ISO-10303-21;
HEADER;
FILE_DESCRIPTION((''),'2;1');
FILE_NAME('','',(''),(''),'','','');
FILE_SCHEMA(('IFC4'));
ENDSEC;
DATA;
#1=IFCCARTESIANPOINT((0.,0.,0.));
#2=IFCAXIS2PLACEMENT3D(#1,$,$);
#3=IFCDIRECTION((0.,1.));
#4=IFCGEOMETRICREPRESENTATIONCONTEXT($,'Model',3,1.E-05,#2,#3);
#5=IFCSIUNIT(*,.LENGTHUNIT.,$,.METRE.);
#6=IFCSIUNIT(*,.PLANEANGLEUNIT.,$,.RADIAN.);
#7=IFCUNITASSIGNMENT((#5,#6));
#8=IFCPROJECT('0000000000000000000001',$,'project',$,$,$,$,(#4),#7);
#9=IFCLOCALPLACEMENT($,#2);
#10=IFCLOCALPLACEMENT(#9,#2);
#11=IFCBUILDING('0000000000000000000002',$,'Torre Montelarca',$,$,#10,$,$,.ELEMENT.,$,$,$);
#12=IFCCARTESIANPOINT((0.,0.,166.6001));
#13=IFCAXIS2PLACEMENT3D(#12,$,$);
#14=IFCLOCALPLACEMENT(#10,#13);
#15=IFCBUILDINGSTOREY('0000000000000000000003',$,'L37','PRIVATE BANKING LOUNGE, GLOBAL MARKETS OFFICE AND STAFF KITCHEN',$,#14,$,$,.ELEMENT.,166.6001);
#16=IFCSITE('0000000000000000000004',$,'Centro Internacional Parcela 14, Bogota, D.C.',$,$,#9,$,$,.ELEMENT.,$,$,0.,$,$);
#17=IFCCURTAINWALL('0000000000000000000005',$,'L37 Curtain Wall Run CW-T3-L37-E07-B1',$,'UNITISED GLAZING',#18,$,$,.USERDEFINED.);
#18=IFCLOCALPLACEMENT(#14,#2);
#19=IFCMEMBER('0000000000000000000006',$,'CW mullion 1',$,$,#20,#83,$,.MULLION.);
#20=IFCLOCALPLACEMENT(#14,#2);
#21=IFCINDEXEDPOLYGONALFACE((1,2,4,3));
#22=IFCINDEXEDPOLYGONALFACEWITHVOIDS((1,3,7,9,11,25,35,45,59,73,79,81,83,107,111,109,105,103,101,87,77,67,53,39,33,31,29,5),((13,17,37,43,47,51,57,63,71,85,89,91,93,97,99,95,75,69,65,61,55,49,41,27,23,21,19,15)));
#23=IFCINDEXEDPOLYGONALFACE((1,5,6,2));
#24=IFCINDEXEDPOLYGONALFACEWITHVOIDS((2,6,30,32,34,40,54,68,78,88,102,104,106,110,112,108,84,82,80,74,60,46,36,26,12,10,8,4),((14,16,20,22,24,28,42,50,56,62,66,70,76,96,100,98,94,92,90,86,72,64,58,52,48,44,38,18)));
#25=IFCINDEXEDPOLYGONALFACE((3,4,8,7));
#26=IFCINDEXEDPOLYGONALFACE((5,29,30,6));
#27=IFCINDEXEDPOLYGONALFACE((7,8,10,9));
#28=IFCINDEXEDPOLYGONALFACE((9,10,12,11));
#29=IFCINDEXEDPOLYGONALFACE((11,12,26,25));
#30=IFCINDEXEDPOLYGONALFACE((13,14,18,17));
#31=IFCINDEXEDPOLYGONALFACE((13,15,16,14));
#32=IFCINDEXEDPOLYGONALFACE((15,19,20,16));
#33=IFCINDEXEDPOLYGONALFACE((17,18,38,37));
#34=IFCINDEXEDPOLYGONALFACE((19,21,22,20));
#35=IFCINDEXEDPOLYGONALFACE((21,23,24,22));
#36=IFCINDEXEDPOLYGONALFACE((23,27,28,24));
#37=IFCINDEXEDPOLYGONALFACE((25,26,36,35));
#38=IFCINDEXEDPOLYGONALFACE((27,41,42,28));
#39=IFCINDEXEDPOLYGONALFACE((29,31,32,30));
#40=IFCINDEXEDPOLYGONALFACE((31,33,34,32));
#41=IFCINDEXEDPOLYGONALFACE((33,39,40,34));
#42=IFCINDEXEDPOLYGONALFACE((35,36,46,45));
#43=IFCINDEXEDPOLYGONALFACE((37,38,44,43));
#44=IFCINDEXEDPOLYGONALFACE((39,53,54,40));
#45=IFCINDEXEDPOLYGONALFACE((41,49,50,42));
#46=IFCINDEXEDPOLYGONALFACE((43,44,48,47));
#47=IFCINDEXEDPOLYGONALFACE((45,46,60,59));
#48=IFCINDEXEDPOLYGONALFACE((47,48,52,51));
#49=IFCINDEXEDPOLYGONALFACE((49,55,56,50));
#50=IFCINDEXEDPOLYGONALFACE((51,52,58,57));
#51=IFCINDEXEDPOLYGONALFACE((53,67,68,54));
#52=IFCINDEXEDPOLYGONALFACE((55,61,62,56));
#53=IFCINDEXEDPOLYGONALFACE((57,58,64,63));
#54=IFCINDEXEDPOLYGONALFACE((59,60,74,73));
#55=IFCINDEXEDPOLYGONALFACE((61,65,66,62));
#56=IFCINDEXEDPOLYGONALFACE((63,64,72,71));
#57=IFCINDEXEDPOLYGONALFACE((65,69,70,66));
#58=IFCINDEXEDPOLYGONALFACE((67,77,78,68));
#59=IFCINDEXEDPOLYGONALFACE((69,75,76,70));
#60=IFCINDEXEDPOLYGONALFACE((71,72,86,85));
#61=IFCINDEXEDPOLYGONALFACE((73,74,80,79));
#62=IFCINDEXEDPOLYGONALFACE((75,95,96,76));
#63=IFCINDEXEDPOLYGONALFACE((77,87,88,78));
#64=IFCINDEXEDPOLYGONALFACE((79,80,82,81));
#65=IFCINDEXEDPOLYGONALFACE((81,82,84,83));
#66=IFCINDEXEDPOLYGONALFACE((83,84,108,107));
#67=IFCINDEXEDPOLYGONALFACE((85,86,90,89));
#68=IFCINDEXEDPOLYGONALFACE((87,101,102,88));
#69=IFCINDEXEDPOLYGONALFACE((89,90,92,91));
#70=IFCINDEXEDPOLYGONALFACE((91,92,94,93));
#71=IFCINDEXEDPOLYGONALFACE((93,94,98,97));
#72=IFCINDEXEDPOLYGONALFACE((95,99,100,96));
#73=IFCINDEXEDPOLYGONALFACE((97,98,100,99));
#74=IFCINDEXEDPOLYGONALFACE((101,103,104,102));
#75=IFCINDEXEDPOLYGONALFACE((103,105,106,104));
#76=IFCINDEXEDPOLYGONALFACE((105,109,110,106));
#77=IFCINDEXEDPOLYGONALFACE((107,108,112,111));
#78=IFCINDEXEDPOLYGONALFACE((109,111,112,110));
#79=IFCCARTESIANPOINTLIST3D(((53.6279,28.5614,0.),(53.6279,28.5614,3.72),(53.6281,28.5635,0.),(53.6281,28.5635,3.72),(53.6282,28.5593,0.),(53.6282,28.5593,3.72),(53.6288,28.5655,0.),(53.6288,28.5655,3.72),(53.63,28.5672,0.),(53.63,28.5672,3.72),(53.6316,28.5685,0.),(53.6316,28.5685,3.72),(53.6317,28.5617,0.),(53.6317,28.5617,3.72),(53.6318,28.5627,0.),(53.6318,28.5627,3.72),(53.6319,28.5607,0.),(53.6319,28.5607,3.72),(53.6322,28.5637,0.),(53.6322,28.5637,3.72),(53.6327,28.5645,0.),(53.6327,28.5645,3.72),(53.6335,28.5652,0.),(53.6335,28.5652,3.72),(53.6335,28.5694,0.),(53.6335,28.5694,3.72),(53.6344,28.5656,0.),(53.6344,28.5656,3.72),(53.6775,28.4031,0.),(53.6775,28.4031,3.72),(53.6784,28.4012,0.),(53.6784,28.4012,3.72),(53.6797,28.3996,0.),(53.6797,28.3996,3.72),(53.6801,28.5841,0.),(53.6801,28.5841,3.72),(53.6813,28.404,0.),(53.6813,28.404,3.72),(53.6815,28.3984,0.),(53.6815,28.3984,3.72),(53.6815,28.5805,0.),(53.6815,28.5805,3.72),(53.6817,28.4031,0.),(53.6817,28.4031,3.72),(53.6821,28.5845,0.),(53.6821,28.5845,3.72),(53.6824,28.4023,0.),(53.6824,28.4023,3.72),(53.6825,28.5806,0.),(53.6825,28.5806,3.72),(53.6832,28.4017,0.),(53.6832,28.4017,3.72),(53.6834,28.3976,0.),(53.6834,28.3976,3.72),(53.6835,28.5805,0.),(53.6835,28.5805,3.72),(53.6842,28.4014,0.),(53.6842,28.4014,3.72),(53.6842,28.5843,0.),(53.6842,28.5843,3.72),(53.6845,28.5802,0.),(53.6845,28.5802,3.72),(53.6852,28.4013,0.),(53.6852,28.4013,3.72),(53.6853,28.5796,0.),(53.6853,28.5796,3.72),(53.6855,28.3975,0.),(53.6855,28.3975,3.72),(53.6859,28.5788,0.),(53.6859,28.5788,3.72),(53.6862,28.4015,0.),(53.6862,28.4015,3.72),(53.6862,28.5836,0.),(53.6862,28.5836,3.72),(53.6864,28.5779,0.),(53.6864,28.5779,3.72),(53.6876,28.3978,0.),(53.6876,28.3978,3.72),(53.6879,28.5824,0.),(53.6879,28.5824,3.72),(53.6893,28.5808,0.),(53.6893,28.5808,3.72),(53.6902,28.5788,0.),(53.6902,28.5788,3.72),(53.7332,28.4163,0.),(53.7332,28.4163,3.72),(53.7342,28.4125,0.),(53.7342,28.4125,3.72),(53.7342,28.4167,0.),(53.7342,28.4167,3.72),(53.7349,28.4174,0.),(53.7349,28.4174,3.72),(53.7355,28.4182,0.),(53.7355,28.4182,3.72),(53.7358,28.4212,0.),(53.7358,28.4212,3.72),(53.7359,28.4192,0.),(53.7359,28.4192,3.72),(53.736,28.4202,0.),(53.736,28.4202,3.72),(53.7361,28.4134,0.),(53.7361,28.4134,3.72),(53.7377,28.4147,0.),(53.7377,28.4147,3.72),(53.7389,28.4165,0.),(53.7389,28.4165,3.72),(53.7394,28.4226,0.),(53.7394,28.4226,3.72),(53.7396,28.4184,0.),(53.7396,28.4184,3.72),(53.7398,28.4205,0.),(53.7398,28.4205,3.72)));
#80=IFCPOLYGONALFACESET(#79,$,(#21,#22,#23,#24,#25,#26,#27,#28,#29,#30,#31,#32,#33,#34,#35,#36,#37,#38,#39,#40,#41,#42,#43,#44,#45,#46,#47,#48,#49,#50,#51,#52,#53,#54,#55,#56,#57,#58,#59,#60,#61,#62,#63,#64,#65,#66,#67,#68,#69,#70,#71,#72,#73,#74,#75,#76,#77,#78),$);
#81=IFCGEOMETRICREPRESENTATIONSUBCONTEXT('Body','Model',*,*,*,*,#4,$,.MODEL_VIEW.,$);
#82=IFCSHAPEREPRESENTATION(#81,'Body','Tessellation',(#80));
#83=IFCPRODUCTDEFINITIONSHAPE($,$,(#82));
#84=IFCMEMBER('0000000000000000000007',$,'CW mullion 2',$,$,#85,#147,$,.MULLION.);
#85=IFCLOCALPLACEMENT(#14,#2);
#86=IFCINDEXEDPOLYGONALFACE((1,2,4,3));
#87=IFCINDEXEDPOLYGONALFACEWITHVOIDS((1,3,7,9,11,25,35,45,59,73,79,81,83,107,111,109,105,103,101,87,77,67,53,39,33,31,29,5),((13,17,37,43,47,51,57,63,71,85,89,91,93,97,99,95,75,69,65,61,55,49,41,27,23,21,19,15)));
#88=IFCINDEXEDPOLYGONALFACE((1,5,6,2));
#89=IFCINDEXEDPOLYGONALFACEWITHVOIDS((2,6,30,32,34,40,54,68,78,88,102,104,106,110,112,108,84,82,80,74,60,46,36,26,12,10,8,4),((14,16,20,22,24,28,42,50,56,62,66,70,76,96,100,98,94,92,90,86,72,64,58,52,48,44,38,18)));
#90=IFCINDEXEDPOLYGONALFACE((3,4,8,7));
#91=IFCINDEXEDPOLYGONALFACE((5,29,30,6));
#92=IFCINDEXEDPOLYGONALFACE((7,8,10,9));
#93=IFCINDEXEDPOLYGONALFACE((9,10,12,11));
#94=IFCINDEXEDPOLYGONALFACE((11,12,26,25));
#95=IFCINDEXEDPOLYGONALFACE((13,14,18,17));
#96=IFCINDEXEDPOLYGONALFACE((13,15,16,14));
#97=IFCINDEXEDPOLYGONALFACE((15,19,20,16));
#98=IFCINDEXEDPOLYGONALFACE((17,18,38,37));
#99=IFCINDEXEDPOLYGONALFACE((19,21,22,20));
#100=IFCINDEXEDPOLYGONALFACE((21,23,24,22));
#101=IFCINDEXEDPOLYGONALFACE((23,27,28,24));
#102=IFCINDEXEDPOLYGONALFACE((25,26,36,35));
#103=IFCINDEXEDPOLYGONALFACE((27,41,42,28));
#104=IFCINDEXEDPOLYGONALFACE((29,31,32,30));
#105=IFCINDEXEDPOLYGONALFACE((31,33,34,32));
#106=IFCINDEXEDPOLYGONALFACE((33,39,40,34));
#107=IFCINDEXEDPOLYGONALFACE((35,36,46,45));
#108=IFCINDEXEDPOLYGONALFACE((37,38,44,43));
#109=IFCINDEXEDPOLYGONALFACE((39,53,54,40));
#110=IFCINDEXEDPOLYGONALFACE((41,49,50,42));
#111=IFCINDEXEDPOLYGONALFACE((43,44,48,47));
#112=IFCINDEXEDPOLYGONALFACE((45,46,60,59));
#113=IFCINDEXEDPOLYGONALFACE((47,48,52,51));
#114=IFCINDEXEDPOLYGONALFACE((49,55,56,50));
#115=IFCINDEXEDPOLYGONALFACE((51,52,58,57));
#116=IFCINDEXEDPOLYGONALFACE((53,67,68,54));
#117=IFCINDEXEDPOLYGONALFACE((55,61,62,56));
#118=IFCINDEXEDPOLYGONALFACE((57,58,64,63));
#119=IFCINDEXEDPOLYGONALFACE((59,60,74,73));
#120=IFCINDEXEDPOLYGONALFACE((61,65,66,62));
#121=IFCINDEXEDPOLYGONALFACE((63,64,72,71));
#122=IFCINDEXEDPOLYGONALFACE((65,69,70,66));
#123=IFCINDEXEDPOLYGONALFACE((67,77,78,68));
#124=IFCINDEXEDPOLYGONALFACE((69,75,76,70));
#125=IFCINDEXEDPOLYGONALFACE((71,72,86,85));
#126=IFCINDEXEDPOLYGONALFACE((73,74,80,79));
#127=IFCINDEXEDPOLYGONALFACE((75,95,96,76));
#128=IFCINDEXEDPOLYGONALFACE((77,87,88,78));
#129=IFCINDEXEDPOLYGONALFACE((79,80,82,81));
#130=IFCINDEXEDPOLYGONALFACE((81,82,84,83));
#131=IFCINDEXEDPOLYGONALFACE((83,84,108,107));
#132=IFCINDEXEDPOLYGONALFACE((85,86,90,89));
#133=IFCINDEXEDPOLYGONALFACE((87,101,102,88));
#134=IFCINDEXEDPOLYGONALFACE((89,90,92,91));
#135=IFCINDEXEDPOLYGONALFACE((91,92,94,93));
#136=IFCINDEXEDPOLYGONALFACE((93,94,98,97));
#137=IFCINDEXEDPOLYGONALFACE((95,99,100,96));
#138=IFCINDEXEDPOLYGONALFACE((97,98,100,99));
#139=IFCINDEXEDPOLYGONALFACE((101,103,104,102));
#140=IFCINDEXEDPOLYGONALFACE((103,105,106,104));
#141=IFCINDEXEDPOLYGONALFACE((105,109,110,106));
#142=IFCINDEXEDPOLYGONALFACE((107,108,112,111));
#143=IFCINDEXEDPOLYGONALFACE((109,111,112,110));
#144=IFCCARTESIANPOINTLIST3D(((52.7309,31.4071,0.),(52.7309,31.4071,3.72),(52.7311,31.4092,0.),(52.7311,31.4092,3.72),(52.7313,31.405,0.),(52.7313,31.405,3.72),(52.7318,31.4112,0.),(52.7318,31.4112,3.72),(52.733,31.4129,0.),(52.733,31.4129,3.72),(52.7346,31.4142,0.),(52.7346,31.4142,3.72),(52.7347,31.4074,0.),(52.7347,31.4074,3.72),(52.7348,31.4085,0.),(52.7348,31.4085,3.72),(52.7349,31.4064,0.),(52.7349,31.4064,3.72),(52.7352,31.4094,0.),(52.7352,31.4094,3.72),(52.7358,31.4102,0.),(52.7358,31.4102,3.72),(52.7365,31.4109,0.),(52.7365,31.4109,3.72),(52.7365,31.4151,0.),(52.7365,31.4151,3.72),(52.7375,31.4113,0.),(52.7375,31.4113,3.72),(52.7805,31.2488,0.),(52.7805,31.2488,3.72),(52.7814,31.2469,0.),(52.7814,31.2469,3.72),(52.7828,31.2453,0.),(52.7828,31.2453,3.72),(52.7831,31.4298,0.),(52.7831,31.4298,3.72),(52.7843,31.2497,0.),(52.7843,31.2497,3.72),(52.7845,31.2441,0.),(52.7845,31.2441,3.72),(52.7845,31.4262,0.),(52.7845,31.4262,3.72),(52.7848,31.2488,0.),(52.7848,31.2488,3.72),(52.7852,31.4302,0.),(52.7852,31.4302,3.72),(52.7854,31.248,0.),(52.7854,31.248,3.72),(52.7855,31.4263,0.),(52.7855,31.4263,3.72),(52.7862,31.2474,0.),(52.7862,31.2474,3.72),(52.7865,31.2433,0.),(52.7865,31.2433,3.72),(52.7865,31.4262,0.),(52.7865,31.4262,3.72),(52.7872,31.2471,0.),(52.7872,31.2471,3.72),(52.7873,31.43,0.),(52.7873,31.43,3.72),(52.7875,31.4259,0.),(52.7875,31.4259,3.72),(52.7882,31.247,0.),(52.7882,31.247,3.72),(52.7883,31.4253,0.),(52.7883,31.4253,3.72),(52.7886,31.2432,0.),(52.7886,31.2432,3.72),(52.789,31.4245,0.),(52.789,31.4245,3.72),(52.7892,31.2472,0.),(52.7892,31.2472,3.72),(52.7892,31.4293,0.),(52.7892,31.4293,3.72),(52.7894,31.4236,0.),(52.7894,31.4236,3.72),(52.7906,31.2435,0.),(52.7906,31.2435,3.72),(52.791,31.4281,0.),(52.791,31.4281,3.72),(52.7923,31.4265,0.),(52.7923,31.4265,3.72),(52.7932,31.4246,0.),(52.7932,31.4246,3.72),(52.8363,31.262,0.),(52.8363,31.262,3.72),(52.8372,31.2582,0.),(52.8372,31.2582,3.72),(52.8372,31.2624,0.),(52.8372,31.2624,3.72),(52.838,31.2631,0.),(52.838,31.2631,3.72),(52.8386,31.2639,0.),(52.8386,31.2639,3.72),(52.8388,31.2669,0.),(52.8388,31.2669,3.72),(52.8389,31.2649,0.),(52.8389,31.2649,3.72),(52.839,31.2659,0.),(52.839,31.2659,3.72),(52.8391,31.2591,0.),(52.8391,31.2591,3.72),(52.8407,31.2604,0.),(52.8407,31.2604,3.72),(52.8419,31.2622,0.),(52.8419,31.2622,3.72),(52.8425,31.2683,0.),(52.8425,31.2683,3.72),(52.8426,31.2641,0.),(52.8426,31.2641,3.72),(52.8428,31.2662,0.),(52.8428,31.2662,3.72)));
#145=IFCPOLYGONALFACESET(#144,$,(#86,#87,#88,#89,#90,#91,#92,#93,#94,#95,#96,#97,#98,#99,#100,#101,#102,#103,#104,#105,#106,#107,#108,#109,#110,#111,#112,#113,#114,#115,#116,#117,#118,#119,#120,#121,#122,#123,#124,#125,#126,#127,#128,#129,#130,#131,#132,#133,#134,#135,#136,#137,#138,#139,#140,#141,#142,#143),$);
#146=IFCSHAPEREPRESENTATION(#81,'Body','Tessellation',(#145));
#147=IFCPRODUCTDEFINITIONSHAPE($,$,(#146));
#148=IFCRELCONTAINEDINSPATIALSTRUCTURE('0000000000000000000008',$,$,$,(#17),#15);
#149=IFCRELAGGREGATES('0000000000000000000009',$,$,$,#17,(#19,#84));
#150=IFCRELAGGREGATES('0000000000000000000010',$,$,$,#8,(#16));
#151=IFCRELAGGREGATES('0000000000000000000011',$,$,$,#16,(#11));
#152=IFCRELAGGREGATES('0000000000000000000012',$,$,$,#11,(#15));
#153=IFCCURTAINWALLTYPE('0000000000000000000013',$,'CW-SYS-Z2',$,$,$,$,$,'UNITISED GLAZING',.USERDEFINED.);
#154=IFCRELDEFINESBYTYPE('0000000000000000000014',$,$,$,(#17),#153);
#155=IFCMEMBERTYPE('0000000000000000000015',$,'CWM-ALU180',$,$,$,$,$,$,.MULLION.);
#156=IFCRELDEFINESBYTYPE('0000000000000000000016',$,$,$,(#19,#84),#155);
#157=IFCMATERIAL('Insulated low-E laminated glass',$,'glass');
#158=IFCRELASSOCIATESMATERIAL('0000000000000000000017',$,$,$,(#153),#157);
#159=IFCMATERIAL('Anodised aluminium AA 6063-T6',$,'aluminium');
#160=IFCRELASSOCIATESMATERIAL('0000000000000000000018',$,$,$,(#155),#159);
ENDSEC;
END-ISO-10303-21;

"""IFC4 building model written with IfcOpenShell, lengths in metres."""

from ifc_helpers import new_model, si_unit, direction, frame, origin, origin_2d, place, context, subcontext, project, spatial, hollow_rectangle, extrude, source, transform, mapped, material, material_profile, profile_set, type_object, element, aggregate, save


model = new_model("IFC4")

# Units and contexts
model_context = context("Model", 3, precision=1e-05, world=origin(), true_north=direction((0.0, 1.0)))
body_context = subcontext(model_context, "Body", "Model", "MODEL_VIEW")
ifc_project = project(units=[si_unit("LENGTHUNIT", "METRE"), si_unit("PLANEANGLEUNIT", "RADIAN")], contexts=[model_context])

# Site, building, storey
site_placement = place(None, origin())
site = spatial("IfcSite", under=ifc_project, at=site_placement, Name="Centro Internacional Parcela 14, Bogota, D.C.", CompositionType="ELEMENT", RefElevation=0.0)
building_placement = place(site_placement, origin())
building = spatial("IfcBuilding", under=site, at=building_placement, Name="Torre Montelarca", CompositionType="ELEMENT")
storey_placement = place(building_placement, frame((0.0, 0.0, 166.6001)))
storey = spatial("IfcBuildingStorey", under=building, at=storey_placement, Name="L37", Description="PRIVATE BANKING LOUNGE, GLOBAL MARKETS OFFICE AND STAFF KITCHEN", CompositionType="ELEMENT", Elevation=166.6001)

# Curtain wall
ifc_material_1 = material(Name="Insulated low-E laminated glass", Category="glass")
curtain_wall_type = type_object("IfcCurtainWallType", Name="CW-SYS-Z2", ElementType="UNITISED GLAZING", PredefinedType="USERDEFINED", material=ifc_material_1)
curtain_wall_1_placement = place(storey_placement, origin())
curtain_wall_1 = element("IfcCurtainWall", 1, at=curtain_wall_1_placement, inside=storey, type_object=curtain_wall_type, Name="L37 Curtain Wall Run CW-T3-L37-E07-B1", ObjectType="UNITISED GLAZING", PredefinedType="USERDEFINED")
ifc_material_2 = material(Name="Anodised aluminium AA 6063-T6", Category="aluminium")

# Shared definitions
ifc_material_profile_1 = material_profile(ifc_material_2, hollow_rectangle(XDim=0.0649, YDim=0.1799, WallThickness=0.0039, InnerFilletRadius=0.0039, OuterFilletRadius=0.0081, at=origin_2d()), Name="ALU65X180X4", Category="aluminium")
ifc_profile_set_1 = profile_set([ifc_material_profile_1], Name="Anodised aluminium AA 6063-T6")
member_type_1 = type_object("IfcMemberType", Name="CWM-ALU180", PredefinedType="MULLION", material=ifc_profile_set_1)
shared_shape_1 = source(origin(), body_context, "Body", "SweptSolid", [
    extrude(hollow_rectangle(XDim=0.0649, YDim=0.1799, WallThickness=0.0039, InnerFilletRadius=0.0039, OuterFilletRadius=0.0081, at=origin_2d()), origin(), (0.0, 0.0, 1.0), 3.72),
])

# Members
member_1_placement = place(storey_placement, frame((53.6838, 28.491, 0.0), z_axis=(0.0, 0.0, 1.0), x_axis=(-0.953719, -0.300699, 0.0)))
member_1 = element("IfcMember", 2, at=member_1_placement, type_object=member_type_1, Name="CW mullion 1", PredefinedType="MULLION", context=body_context, shape_type="MappedRepresentation", body=[
    mapped(shared_shape_1, transform((0.0, 0.0, 0.0), scale=1.0)),
])
member_2_placement = place(storey_placement, frame((52.7869, 31.3367, 0.0), z_axis=(0.0, 0.0, 1.0), x_axis=(-0.953719, -0.300699, 0.0)))
member_2 = element("IfcMember", 3, at=member_2_placement, type_object=member_type_1, Name="CW mullion 2", PredefinedType="MULLION", context=body_context, shape_type="MappedRepresentation", body=[
    mapped(shared_shape_1, transform((0.0, 0.0, 0.0), scale=1.0)),
])

aggregate(curtain_wall_1, [member_1, member_2])

save(model, "model.ifc")
